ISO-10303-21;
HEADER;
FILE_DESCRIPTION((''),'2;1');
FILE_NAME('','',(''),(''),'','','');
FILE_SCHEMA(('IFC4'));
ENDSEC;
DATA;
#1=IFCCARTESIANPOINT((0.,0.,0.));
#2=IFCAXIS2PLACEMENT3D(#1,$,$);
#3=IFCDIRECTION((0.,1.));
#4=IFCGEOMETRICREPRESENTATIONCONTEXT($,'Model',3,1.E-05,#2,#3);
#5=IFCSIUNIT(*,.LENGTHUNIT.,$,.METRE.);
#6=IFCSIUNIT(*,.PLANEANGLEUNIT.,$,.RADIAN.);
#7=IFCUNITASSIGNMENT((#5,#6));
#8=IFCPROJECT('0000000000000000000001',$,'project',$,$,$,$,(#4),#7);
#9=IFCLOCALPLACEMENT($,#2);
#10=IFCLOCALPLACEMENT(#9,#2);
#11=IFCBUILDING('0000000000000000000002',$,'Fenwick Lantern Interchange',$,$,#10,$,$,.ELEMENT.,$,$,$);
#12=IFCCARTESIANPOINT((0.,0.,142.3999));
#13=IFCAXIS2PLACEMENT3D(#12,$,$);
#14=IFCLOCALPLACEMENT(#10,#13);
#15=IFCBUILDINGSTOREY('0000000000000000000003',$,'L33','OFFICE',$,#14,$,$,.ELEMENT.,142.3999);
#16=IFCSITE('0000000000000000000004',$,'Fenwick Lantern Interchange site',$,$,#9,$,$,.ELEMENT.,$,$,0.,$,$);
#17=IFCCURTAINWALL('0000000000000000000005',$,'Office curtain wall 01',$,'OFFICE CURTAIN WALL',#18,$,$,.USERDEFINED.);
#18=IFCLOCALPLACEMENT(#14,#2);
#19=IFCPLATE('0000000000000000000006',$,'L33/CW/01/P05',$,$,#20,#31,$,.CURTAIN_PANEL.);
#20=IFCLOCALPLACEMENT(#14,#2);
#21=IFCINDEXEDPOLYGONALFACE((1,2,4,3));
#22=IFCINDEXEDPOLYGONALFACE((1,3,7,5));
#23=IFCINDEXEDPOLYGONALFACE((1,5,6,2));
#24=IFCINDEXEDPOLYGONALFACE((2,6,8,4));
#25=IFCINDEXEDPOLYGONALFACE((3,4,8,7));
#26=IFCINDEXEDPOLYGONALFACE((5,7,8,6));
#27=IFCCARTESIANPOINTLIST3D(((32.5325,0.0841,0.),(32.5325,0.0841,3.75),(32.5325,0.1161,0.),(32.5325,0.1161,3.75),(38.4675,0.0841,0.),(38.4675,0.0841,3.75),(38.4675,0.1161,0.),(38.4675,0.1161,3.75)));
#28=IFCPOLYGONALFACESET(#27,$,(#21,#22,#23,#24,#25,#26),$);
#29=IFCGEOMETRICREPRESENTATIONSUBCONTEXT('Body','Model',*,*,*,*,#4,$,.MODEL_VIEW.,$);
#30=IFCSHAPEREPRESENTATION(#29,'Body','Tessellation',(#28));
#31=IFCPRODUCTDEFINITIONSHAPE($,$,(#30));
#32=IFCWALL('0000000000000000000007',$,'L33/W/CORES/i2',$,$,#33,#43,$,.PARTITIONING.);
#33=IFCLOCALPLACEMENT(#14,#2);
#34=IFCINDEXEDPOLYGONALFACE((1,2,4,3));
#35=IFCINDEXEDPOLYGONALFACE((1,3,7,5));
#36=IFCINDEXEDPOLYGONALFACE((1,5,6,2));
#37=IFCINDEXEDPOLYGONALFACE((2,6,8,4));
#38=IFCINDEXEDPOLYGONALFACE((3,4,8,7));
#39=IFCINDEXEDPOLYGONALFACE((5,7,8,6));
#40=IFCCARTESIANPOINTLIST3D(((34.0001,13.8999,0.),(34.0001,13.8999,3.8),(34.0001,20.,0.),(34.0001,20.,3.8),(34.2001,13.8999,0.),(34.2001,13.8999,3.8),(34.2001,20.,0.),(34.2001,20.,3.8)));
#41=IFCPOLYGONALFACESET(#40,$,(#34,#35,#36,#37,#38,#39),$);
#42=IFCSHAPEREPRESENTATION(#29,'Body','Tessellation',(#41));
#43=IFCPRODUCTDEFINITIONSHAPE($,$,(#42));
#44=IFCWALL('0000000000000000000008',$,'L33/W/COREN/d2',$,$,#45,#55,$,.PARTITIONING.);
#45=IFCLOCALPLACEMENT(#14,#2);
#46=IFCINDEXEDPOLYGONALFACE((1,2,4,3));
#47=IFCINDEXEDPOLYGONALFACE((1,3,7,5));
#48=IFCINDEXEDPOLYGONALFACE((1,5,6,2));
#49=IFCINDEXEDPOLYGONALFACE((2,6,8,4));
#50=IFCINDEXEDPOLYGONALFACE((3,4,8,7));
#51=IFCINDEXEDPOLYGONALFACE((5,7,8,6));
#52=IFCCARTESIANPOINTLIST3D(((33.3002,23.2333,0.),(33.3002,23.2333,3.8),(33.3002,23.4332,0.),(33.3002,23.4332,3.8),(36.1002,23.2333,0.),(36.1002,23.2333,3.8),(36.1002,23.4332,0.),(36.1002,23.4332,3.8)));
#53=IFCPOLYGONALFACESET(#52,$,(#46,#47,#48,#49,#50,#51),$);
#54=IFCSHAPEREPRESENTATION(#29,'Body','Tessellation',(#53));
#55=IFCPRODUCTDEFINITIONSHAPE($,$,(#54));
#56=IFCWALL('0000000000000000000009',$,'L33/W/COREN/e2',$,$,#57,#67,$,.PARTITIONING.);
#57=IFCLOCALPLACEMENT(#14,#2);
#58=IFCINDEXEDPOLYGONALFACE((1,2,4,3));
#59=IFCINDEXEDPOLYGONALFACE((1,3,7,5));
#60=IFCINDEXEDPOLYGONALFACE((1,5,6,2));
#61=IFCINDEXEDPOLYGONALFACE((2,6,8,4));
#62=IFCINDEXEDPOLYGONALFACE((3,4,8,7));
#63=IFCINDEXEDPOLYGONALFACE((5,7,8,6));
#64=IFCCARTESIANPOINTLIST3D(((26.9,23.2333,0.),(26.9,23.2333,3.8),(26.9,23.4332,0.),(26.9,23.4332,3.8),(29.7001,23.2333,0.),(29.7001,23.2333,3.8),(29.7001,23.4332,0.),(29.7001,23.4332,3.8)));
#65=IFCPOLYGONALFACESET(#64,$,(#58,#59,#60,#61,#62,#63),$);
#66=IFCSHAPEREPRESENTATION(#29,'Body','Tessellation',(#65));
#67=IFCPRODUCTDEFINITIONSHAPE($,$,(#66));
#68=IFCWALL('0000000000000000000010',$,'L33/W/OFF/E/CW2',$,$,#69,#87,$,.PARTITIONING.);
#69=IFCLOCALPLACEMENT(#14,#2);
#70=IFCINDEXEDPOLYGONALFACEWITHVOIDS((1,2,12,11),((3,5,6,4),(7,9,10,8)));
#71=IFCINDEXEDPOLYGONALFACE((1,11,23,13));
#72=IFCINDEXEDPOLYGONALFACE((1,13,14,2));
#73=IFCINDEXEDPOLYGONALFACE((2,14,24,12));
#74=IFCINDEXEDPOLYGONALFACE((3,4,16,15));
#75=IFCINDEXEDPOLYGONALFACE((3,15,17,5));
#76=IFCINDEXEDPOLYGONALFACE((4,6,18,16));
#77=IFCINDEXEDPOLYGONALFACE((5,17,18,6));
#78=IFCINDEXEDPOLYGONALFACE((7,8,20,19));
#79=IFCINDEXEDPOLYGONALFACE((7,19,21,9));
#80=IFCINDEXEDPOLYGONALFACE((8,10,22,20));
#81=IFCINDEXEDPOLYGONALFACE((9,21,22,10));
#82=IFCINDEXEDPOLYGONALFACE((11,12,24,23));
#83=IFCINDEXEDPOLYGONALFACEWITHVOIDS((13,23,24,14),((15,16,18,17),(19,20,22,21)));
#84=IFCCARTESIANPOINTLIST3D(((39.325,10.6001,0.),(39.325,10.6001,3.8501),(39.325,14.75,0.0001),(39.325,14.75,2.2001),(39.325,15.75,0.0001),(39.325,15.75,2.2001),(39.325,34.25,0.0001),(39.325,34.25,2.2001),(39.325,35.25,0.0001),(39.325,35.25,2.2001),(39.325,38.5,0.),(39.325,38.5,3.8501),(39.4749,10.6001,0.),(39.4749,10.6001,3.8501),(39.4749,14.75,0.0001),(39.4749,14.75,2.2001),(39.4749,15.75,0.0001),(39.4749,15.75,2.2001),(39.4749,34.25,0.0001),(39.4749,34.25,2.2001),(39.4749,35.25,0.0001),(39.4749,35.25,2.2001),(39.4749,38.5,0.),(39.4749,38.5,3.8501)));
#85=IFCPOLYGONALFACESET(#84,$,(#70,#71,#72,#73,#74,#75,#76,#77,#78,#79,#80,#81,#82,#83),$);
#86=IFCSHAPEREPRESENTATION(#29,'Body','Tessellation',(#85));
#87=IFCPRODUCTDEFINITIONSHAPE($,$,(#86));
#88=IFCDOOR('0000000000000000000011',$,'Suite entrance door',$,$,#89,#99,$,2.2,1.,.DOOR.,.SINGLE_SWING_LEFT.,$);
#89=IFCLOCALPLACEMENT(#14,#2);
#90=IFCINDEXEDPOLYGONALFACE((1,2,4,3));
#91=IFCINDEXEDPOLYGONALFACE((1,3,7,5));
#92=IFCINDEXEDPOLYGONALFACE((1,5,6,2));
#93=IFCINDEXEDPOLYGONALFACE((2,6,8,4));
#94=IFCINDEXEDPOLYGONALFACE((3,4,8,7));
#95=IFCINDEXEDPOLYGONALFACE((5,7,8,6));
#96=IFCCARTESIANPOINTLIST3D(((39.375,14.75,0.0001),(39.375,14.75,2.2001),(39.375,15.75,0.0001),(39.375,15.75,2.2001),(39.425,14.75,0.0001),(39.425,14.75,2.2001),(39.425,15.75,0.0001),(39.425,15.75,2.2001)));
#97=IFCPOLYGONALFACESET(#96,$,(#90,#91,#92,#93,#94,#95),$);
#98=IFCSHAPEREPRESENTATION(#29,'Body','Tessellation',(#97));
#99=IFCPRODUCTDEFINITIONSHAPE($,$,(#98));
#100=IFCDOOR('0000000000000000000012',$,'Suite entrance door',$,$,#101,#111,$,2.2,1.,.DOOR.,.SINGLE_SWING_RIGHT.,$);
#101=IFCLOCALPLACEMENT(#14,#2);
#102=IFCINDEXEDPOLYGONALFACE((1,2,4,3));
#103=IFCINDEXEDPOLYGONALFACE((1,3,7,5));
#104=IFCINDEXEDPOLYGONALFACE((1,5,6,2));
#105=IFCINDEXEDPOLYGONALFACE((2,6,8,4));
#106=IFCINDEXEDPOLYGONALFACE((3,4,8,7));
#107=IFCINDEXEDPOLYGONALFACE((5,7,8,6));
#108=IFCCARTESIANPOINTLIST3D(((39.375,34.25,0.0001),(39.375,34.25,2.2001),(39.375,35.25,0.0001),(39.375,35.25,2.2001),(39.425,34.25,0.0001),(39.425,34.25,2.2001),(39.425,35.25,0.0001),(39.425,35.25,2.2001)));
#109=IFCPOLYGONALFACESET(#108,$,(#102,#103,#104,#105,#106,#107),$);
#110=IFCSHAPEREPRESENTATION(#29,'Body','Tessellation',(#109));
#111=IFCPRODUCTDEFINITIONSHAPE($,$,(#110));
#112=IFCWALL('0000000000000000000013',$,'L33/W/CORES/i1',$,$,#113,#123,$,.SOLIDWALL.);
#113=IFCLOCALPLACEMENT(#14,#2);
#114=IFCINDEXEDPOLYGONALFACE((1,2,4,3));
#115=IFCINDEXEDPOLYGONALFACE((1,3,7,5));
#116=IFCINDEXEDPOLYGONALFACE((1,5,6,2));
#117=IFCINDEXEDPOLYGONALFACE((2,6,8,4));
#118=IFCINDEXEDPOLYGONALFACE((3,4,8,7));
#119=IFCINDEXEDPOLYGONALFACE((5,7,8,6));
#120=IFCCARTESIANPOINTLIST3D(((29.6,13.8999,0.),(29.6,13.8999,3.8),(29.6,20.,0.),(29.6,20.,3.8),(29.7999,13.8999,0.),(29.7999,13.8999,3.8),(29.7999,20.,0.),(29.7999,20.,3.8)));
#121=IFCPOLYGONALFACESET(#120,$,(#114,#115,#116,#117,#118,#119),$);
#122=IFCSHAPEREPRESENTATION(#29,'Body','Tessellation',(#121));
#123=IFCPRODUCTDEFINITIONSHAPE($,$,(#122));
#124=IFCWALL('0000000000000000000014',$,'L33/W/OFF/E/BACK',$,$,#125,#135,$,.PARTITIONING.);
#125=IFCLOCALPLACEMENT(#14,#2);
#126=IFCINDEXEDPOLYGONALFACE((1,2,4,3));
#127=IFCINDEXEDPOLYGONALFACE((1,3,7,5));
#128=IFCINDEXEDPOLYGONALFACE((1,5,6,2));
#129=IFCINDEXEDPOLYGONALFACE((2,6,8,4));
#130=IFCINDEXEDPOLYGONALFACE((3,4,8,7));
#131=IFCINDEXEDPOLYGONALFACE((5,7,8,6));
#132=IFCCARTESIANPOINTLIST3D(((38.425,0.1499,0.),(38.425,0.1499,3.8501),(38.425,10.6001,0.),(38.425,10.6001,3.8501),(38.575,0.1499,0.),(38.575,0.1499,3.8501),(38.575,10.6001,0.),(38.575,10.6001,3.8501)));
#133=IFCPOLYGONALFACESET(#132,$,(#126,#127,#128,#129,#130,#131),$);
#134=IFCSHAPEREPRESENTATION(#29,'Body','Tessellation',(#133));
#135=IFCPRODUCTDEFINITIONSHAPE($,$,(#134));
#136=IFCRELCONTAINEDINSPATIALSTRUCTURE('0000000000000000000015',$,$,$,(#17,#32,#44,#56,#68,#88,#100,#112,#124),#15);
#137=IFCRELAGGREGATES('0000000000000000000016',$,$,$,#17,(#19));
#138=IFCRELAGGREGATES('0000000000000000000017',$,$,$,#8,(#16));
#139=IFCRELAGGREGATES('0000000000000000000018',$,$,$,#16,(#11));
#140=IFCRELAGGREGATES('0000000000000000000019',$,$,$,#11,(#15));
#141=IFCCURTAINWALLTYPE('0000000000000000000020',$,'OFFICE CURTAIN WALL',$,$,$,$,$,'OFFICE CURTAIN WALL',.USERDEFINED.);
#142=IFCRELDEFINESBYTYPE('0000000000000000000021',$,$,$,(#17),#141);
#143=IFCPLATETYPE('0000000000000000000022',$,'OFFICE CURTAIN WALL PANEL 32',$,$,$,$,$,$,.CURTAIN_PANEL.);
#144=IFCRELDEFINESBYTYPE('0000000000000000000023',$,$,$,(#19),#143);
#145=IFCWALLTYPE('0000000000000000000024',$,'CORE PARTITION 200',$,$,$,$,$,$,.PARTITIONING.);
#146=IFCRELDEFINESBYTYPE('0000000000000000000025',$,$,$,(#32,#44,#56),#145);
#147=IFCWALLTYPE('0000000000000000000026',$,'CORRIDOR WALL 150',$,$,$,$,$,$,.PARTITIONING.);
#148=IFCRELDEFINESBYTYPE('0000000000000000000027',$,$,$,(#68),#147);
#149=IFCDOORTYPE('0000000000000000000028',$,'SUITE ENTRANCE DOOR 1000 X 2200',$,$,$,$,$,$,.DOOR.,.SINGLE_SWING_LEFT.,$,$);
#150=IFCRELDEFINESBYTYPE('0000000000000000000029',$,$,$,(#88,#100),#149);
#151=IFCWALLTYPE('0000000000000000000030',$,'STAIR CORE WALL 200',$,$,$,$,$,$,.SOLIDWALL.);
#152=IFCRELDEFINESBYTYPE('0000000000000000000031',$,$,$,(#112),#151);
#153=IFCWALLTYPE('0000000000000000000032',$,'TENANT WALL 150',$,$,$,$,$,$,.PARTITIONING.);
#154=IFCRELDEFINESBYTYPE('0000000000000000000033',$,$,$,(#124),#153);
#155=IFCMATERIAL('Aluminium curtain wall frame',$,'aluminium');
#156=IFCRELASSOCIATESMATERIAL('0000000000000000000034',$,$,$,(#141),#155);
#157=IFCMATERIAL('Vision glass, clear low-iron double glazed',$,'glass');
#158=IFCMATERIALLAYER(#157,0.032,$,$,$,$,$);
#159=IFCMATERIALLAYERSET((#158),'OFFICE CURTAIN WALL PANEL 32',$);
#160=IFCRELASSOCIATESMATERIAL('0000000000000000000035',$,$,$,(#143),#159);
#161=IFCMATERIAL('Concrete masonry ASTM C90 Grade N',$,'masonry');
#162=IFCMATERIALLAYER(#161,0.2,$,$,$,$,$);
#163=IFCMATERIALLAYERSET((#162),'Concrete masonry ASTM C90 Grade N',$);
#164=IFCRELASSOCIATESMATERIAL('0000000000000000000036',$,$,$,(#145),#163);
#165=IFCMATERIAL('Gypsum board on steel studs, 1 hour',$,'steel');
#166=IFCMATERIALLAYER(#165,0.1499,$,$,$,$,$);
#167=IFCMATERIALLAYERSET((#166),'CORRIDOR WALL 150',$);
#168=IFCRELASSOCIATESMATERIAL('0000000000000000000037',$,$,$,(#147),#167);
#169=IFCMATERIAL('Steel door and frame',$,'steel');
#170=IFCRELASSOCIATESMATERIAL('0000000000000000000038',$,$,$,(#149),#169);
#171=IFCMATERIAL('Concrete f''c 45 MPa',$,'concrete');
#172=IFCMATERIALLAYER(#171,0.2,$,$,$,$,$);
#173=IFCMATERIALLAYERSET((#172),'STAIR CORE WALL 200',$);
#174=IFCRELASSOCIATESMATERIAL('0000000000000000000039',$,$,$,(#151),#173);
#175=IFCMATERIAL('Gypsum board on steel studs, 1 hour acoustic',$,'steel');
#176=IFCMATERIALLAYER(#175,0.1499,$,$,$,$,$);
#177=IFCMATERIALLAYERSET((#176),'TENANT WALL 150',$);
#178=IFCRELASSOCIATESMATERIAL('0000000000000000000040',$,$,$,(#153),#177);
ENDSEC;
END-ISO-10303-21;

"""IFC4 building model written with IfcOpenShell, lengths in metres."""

from ifc_helpers import new_model, si_unit, direction, frame, frame_2d, origin, origin_2d, place, context, subcontext, project, spatial, rectangle, extrude, material, layer, layer_set, type_object, element, fill, aggregate, save


model = new_model("IFC4")

# Units and contexts
model_context = context("Model", 3, precision=1e-05, world=origin(), true_north=direction((0.0, 1.0)))
body_context = subcontext(model_context, "Body", "Model", "MODEL_VIEW")
ifc_project = project(units=[si_unit("LENGTHUNIT", "METRE"), si_unit("PLANEANGLEUNIT", "RADIAN")], contexts=[model_context])

# Site, building, storey
site_placement = place(None, origin())
site = spatial("IfcSite", under=ifc_project, at=site_placement, Name="Fenwick Lantern Interchange site", CompositionType="ELEMENT", RefElevation=0.0)
building_placement = place(site_placement, origin())
building = spatial("IfcBuilding", under=site, at=building_placement, Name="Fenwick Lantern Interchange", CompositionType="ELEMENT")
storey_placement = place(building_placement, frame((0.0, 0.0, 142.3999)))
storey = spatial("IfcBuildingStorey", under=building, at=storey_placement, Name="L33", Description="OFFICE", CompositionType="ELEMENT", Elevation=142.3999)

# Curtain wall, plate
ifc_material_1 = material(Name="Aluminium curtain wall frame", Category="aluminium")
curtain_wall_type = type_object("IfcCurtainWallType", Name="OFFICE CURTAIN WALL", ElementType="OFFICE CURTAIN WALL", PredefinedType="USERDEFINED", material=ifc_material_1)
curtain_wall_placement = place(storey_placement, origin())
curtain_wall = element("IfcCurtainWall", 1, at=curtain_wall_placement, inside=storey, type_object=curtain_wall_type, Name="Office curtain wall 01", ObjectType="OFFICE CURTAIN WALL", PredefinedType="USERDEFINED")
ifc_material_2 = material(Name="Vision glass, clear low-iron double glazed", Category="glass")
ifc_layer_1 = layer(ifc_material_2, 0.032)
ifc_layer_set_1 = layer_set([ifc_layer_1], Name="OFFICE CURTAIN WALL PANEL 32")
plate_type = type_object("IfcPlateType", Name="OFFICE CURTAIN WALL PANEL 32", PredefinedType="CURTAIN_PANEL", material=ifc_layer_set_1)
plate_placement = place(storey_placement, frame((35.5, 0.1001, 0.0), z_axis=(0.0, 0.0, 1.0), x_axis=(1.0, 0.0, 0.0)))
plate = element("IfcPlate", 2, at=plate_placement, type_object=plate_type, Name="L33/CW/01/P05", PredefinedType="CURTAIN_PANEL", context=body_context, shape_type="SweptSolid", body=[
    extrude(rectangle(XDim=5.9351, YDim=0.032, at=origin_2d()), origin(), (0.0, 0.0, 1.0), 3.75),
])
aggregate(curtain_wall, [plate])

# Walls
ifc_material_3 = material(Name="Concrete masonry ASTM C90 Grade N", Category="masonry")
ifc_layer_2 = layer(ifc_material_3, 0.2)
ifc_layer_set_2 = layer_set([ifc_layer_2], Name="Concrete masonry ASTM C90 Grade N")
wall_type_1 = type_object("IfcWallType", Name="CORE PARTITION 200", PredefinedType="PARTITIONING", material=ifc_layer_set_2)
wall_1_placement = place(storey_placement, frame((34.1001, 13.8999, 0.0), z_axis=(0.0, 0.0, 1.0), x_axis=(0.0, 1.0, 0.0)))
element("IfcWall", 3, at=wall_1_placement, inside=storey, type_object=wall_type_1, Name="L33/W/CORES/i2", PredefinedType="PARTITIONING", context=body_context, shape_type="SweptSolid", body=[
    extrude(rectangle(XDim=6.1001, YDim=0.2, at=frame_2d((3.05, 0.0))), origin(), (0.0, 0.0, 1.0), 3.8),
])
for number, where, z_axis, x_axis, name in (
    (4, (36.1001, 23.3333, 0.0), (0.0, 0.0, 1.0), (-1.0, 0.0, 0.0), "L33/W/COREN/d2"),
    (5, (29.7, 23.3333, 0.0), (0.0, 0.0, 1.0), (-1.0, 0.0, 0.0), "L33/W/COREN/e2"),
):
    element("IfcWall", number, at=place(storey_placement, frame(where, z_axis=z_axis, x_axis=x_axis)), inside=storey, type_object=wall_type_1, Name=name, PredefinedType="PARTITIONING", context=body_context, shape_type="SweptSolid", body=[
        extrude(rectangle(XDim=2.8, YDim=0.2, at=frame_2d((1.3999, 0.0))), origin(), (0.0, 0.0, 1.0), 3.8),
    ])

# Wall, openings, doors
ifc_material_4 = material(Name="Steel door and frame", Category="steel")
ifc_material_5 = material(Name="Gypsum board on steel studs, 1 hour", Category="steel")
ifc_layer_3 = layer(ifc_material_5, 0.1499)
ifc_layer_set_3 = layer_set([ifc_layer_3], Name="CORRIDOR WALL 150")
wall_type_2 = type_object("IfcWallType", Name="CORRIDOR WALL 150", PredefinedType="PARTITIONING", material=ifc_layer_set_3)
wall_2_placement = place(storey_placement, frame((39.3999, 10.6001, 0.0), z_axis=(0.0, 0.0, 1.0), x_axis=(0.0, 1.0, 0.0)))
wall_2 = element("IfcWall", 6, at=wall_2_placement, inside=storey, type_object=wall_type_2, Name="L33/W/OFF/E/CW2", PredefinedType="PARTITIONING", context=body_context, shape_type="SweptSolid", body=[
    extrude(rectangle(XDim=27.8999, YDim=0.1499, at=frame_2d((13.95, 0.0))), origin(), (0.0, 0.0, 1.0), 3.8501),
])
opening_1_placement = place(wall_2_placement, frame((4.1499, 0.0, 0.0)))
opening_1 = element("IfcOpeningElement", 7, at=opening_1_placement, cuts=wall_2, PredefinedType="OPENING", context=body_context, shape_type="SweptSolid", body=[
    extrude(rectangle(XDim=1.0, YDim=2.2, at=frame_2d((0.5, 1.1001))), frame((0.0, 0.085, 0.0), z_axis=(0.0, -1.0, 0.0), x_axis=(1.0, 0.0, 0.0)), (0.0, 0.0, 1.0), 0.1699),
])
opening_2_placement = place(wall_2_placement, frame((23.6499, 0.0, 0.0)))
opening_2 = element("IfcOpeningElement", 8, at=opening_2_placement, cuts=wall_2, PredefinedType="OPENING", context=body_context, shape_type="SweptSolid", body=[
    extrude(rectangle(XDim=1.0, YDim=2.2, at=frame_2d((0.5, 1.1001))), frame((0.0, 0.085, 0.0), z_axis=(0.0, -1.0, 0.0), x_axis=(1.0, 0.0, 0.0)), (0.0, 0.0, 1.0), 0.1699),
])
door_type_1 = type_object("IfcDoorType", Name="SUITE ENTRANCE DOOR 1000 X 2200", OperationType="SINGLE_SWING_LEFT", PredefinedType="DOOR", material=ifc_material_4)
door_1_placement = place(opening_1_placement, origin())
door_1 = element("IfcDoor", 9, at=door_1_placement, inside=storey, type_object=door_type_1, Name="Suite entrance door", OperationType="SINGLE_SWING_LEFT", OverallHeight=2.2, OverallWidth=1.0, PredefinedType="DOOR", context=body_context, shape_type="SweptSolid", body=[
    extrude(rectangle(XDim=1.0, YDim=2.2, at=frame_2d((0.5, 1.1001))), frame((0.0, 0.0249, 0.0), z_axis=(0.0, -1.0, 0.0), x_axis=(1.0, 0.0, 0.0)), (0.0, 0.0, 1.0), 0.05),
])
fill(opening_1, door_1)
door_2_placement = place(opening_2_placement, origin())
door_2 = element("IfcDoor", 10, at=door_2_placement, inside=storey, type_object=door_type_1, Name="Suite entrance door", OperationType="SINGLE_SWING_RIGHT", OverallHeight=2.2, OverallWidth=1.0, PredefinedType="DOOR", context=body_context, shape_type="SweptSolid", body=[
    extrude(rectangle(XDim=1.0, YDim=2.2, at=frame_2d((0.5, 1.1001))), frame((0.0, 0.0249, 0.0), z_axis=(0.0, -1.0, 0.0), x_axis=(1.0, 0.0, 0.0)), (0.0, 0.0, 1.0), 0.05),
])
fill(opening_2, door_2)

# Walls
ifc_material_6 = material(Name="Concrete f'c 45 MPa", Category="concrete")
ifc_layer_4 = layer(ifc_material_6, 0.2)
ifc_layer_set_4 = layer_set([ifc_layer_4], Name="STAIR CORE WALL 200")
wall_type_3 = type_object("IfcWallType", Name="STAIR CORE WALL 200", PredefinedType="SOLIDWALL", material=ifc_layer_set_4)
wall_3_placement = place(storey_placement, frame((29.7, 13.8999, 0.0), z_axis=(0.0, 0.0, 1.0), x_axis=(0.0, 1.0, 0.0)))
element("IfcWall", 11, at=wall_3_placement, inside=storey, type_object=wall_type_3, Name="L33/W/CORES/i1", PredefinedType="SOLIDWALL", context=body_context, shape_type="SweptSolid", body=[
    extrude(rectangle(XDim=6.1001, YDim=0.2, at=frame_2d((3.05, 0.0))), origin(), (0.0, 0.0, 1.0), 3.8),
])
ifc_material_7 = material(Name="Gypsum board on steel studs, 1 hour acoustic", Category="steel")
ifc_layer_5 = layer(ifc_material_7, 0.1499)
ifc_layer_set_5 = layer_set([ifc_layer_5], Name="TENANT WALL 150")
wall_type_4 = type_object("IfcWallType", Name="TENANT WALL 150", PredefinedType="PARTITIONING", material=ifc_layer_set_5)
wall_4_placement = place(storey_placement, frame((38.5, 0.1499, 0.0), z_axis=(0.0, 0.0, 1.0), x_axis=(0.0, 1.0, 0.0)))
element("IfcWall", 12, at=wall_4_placement, inside=storey, type_object=wall_type_4, Name="L33/W/OFF/E/BACK", PredefinedType="PARTITIONING", context=body_context, shape_type="SweptSolid", body=[
    extrude(rectangle(XDim=10.4502, YDim=0.1499, at=frame_2d((5.2251, 0.0))), origin(), (0.0, 0.0, 1.0), 3.8501),
])

save(model, "model.ifc")
